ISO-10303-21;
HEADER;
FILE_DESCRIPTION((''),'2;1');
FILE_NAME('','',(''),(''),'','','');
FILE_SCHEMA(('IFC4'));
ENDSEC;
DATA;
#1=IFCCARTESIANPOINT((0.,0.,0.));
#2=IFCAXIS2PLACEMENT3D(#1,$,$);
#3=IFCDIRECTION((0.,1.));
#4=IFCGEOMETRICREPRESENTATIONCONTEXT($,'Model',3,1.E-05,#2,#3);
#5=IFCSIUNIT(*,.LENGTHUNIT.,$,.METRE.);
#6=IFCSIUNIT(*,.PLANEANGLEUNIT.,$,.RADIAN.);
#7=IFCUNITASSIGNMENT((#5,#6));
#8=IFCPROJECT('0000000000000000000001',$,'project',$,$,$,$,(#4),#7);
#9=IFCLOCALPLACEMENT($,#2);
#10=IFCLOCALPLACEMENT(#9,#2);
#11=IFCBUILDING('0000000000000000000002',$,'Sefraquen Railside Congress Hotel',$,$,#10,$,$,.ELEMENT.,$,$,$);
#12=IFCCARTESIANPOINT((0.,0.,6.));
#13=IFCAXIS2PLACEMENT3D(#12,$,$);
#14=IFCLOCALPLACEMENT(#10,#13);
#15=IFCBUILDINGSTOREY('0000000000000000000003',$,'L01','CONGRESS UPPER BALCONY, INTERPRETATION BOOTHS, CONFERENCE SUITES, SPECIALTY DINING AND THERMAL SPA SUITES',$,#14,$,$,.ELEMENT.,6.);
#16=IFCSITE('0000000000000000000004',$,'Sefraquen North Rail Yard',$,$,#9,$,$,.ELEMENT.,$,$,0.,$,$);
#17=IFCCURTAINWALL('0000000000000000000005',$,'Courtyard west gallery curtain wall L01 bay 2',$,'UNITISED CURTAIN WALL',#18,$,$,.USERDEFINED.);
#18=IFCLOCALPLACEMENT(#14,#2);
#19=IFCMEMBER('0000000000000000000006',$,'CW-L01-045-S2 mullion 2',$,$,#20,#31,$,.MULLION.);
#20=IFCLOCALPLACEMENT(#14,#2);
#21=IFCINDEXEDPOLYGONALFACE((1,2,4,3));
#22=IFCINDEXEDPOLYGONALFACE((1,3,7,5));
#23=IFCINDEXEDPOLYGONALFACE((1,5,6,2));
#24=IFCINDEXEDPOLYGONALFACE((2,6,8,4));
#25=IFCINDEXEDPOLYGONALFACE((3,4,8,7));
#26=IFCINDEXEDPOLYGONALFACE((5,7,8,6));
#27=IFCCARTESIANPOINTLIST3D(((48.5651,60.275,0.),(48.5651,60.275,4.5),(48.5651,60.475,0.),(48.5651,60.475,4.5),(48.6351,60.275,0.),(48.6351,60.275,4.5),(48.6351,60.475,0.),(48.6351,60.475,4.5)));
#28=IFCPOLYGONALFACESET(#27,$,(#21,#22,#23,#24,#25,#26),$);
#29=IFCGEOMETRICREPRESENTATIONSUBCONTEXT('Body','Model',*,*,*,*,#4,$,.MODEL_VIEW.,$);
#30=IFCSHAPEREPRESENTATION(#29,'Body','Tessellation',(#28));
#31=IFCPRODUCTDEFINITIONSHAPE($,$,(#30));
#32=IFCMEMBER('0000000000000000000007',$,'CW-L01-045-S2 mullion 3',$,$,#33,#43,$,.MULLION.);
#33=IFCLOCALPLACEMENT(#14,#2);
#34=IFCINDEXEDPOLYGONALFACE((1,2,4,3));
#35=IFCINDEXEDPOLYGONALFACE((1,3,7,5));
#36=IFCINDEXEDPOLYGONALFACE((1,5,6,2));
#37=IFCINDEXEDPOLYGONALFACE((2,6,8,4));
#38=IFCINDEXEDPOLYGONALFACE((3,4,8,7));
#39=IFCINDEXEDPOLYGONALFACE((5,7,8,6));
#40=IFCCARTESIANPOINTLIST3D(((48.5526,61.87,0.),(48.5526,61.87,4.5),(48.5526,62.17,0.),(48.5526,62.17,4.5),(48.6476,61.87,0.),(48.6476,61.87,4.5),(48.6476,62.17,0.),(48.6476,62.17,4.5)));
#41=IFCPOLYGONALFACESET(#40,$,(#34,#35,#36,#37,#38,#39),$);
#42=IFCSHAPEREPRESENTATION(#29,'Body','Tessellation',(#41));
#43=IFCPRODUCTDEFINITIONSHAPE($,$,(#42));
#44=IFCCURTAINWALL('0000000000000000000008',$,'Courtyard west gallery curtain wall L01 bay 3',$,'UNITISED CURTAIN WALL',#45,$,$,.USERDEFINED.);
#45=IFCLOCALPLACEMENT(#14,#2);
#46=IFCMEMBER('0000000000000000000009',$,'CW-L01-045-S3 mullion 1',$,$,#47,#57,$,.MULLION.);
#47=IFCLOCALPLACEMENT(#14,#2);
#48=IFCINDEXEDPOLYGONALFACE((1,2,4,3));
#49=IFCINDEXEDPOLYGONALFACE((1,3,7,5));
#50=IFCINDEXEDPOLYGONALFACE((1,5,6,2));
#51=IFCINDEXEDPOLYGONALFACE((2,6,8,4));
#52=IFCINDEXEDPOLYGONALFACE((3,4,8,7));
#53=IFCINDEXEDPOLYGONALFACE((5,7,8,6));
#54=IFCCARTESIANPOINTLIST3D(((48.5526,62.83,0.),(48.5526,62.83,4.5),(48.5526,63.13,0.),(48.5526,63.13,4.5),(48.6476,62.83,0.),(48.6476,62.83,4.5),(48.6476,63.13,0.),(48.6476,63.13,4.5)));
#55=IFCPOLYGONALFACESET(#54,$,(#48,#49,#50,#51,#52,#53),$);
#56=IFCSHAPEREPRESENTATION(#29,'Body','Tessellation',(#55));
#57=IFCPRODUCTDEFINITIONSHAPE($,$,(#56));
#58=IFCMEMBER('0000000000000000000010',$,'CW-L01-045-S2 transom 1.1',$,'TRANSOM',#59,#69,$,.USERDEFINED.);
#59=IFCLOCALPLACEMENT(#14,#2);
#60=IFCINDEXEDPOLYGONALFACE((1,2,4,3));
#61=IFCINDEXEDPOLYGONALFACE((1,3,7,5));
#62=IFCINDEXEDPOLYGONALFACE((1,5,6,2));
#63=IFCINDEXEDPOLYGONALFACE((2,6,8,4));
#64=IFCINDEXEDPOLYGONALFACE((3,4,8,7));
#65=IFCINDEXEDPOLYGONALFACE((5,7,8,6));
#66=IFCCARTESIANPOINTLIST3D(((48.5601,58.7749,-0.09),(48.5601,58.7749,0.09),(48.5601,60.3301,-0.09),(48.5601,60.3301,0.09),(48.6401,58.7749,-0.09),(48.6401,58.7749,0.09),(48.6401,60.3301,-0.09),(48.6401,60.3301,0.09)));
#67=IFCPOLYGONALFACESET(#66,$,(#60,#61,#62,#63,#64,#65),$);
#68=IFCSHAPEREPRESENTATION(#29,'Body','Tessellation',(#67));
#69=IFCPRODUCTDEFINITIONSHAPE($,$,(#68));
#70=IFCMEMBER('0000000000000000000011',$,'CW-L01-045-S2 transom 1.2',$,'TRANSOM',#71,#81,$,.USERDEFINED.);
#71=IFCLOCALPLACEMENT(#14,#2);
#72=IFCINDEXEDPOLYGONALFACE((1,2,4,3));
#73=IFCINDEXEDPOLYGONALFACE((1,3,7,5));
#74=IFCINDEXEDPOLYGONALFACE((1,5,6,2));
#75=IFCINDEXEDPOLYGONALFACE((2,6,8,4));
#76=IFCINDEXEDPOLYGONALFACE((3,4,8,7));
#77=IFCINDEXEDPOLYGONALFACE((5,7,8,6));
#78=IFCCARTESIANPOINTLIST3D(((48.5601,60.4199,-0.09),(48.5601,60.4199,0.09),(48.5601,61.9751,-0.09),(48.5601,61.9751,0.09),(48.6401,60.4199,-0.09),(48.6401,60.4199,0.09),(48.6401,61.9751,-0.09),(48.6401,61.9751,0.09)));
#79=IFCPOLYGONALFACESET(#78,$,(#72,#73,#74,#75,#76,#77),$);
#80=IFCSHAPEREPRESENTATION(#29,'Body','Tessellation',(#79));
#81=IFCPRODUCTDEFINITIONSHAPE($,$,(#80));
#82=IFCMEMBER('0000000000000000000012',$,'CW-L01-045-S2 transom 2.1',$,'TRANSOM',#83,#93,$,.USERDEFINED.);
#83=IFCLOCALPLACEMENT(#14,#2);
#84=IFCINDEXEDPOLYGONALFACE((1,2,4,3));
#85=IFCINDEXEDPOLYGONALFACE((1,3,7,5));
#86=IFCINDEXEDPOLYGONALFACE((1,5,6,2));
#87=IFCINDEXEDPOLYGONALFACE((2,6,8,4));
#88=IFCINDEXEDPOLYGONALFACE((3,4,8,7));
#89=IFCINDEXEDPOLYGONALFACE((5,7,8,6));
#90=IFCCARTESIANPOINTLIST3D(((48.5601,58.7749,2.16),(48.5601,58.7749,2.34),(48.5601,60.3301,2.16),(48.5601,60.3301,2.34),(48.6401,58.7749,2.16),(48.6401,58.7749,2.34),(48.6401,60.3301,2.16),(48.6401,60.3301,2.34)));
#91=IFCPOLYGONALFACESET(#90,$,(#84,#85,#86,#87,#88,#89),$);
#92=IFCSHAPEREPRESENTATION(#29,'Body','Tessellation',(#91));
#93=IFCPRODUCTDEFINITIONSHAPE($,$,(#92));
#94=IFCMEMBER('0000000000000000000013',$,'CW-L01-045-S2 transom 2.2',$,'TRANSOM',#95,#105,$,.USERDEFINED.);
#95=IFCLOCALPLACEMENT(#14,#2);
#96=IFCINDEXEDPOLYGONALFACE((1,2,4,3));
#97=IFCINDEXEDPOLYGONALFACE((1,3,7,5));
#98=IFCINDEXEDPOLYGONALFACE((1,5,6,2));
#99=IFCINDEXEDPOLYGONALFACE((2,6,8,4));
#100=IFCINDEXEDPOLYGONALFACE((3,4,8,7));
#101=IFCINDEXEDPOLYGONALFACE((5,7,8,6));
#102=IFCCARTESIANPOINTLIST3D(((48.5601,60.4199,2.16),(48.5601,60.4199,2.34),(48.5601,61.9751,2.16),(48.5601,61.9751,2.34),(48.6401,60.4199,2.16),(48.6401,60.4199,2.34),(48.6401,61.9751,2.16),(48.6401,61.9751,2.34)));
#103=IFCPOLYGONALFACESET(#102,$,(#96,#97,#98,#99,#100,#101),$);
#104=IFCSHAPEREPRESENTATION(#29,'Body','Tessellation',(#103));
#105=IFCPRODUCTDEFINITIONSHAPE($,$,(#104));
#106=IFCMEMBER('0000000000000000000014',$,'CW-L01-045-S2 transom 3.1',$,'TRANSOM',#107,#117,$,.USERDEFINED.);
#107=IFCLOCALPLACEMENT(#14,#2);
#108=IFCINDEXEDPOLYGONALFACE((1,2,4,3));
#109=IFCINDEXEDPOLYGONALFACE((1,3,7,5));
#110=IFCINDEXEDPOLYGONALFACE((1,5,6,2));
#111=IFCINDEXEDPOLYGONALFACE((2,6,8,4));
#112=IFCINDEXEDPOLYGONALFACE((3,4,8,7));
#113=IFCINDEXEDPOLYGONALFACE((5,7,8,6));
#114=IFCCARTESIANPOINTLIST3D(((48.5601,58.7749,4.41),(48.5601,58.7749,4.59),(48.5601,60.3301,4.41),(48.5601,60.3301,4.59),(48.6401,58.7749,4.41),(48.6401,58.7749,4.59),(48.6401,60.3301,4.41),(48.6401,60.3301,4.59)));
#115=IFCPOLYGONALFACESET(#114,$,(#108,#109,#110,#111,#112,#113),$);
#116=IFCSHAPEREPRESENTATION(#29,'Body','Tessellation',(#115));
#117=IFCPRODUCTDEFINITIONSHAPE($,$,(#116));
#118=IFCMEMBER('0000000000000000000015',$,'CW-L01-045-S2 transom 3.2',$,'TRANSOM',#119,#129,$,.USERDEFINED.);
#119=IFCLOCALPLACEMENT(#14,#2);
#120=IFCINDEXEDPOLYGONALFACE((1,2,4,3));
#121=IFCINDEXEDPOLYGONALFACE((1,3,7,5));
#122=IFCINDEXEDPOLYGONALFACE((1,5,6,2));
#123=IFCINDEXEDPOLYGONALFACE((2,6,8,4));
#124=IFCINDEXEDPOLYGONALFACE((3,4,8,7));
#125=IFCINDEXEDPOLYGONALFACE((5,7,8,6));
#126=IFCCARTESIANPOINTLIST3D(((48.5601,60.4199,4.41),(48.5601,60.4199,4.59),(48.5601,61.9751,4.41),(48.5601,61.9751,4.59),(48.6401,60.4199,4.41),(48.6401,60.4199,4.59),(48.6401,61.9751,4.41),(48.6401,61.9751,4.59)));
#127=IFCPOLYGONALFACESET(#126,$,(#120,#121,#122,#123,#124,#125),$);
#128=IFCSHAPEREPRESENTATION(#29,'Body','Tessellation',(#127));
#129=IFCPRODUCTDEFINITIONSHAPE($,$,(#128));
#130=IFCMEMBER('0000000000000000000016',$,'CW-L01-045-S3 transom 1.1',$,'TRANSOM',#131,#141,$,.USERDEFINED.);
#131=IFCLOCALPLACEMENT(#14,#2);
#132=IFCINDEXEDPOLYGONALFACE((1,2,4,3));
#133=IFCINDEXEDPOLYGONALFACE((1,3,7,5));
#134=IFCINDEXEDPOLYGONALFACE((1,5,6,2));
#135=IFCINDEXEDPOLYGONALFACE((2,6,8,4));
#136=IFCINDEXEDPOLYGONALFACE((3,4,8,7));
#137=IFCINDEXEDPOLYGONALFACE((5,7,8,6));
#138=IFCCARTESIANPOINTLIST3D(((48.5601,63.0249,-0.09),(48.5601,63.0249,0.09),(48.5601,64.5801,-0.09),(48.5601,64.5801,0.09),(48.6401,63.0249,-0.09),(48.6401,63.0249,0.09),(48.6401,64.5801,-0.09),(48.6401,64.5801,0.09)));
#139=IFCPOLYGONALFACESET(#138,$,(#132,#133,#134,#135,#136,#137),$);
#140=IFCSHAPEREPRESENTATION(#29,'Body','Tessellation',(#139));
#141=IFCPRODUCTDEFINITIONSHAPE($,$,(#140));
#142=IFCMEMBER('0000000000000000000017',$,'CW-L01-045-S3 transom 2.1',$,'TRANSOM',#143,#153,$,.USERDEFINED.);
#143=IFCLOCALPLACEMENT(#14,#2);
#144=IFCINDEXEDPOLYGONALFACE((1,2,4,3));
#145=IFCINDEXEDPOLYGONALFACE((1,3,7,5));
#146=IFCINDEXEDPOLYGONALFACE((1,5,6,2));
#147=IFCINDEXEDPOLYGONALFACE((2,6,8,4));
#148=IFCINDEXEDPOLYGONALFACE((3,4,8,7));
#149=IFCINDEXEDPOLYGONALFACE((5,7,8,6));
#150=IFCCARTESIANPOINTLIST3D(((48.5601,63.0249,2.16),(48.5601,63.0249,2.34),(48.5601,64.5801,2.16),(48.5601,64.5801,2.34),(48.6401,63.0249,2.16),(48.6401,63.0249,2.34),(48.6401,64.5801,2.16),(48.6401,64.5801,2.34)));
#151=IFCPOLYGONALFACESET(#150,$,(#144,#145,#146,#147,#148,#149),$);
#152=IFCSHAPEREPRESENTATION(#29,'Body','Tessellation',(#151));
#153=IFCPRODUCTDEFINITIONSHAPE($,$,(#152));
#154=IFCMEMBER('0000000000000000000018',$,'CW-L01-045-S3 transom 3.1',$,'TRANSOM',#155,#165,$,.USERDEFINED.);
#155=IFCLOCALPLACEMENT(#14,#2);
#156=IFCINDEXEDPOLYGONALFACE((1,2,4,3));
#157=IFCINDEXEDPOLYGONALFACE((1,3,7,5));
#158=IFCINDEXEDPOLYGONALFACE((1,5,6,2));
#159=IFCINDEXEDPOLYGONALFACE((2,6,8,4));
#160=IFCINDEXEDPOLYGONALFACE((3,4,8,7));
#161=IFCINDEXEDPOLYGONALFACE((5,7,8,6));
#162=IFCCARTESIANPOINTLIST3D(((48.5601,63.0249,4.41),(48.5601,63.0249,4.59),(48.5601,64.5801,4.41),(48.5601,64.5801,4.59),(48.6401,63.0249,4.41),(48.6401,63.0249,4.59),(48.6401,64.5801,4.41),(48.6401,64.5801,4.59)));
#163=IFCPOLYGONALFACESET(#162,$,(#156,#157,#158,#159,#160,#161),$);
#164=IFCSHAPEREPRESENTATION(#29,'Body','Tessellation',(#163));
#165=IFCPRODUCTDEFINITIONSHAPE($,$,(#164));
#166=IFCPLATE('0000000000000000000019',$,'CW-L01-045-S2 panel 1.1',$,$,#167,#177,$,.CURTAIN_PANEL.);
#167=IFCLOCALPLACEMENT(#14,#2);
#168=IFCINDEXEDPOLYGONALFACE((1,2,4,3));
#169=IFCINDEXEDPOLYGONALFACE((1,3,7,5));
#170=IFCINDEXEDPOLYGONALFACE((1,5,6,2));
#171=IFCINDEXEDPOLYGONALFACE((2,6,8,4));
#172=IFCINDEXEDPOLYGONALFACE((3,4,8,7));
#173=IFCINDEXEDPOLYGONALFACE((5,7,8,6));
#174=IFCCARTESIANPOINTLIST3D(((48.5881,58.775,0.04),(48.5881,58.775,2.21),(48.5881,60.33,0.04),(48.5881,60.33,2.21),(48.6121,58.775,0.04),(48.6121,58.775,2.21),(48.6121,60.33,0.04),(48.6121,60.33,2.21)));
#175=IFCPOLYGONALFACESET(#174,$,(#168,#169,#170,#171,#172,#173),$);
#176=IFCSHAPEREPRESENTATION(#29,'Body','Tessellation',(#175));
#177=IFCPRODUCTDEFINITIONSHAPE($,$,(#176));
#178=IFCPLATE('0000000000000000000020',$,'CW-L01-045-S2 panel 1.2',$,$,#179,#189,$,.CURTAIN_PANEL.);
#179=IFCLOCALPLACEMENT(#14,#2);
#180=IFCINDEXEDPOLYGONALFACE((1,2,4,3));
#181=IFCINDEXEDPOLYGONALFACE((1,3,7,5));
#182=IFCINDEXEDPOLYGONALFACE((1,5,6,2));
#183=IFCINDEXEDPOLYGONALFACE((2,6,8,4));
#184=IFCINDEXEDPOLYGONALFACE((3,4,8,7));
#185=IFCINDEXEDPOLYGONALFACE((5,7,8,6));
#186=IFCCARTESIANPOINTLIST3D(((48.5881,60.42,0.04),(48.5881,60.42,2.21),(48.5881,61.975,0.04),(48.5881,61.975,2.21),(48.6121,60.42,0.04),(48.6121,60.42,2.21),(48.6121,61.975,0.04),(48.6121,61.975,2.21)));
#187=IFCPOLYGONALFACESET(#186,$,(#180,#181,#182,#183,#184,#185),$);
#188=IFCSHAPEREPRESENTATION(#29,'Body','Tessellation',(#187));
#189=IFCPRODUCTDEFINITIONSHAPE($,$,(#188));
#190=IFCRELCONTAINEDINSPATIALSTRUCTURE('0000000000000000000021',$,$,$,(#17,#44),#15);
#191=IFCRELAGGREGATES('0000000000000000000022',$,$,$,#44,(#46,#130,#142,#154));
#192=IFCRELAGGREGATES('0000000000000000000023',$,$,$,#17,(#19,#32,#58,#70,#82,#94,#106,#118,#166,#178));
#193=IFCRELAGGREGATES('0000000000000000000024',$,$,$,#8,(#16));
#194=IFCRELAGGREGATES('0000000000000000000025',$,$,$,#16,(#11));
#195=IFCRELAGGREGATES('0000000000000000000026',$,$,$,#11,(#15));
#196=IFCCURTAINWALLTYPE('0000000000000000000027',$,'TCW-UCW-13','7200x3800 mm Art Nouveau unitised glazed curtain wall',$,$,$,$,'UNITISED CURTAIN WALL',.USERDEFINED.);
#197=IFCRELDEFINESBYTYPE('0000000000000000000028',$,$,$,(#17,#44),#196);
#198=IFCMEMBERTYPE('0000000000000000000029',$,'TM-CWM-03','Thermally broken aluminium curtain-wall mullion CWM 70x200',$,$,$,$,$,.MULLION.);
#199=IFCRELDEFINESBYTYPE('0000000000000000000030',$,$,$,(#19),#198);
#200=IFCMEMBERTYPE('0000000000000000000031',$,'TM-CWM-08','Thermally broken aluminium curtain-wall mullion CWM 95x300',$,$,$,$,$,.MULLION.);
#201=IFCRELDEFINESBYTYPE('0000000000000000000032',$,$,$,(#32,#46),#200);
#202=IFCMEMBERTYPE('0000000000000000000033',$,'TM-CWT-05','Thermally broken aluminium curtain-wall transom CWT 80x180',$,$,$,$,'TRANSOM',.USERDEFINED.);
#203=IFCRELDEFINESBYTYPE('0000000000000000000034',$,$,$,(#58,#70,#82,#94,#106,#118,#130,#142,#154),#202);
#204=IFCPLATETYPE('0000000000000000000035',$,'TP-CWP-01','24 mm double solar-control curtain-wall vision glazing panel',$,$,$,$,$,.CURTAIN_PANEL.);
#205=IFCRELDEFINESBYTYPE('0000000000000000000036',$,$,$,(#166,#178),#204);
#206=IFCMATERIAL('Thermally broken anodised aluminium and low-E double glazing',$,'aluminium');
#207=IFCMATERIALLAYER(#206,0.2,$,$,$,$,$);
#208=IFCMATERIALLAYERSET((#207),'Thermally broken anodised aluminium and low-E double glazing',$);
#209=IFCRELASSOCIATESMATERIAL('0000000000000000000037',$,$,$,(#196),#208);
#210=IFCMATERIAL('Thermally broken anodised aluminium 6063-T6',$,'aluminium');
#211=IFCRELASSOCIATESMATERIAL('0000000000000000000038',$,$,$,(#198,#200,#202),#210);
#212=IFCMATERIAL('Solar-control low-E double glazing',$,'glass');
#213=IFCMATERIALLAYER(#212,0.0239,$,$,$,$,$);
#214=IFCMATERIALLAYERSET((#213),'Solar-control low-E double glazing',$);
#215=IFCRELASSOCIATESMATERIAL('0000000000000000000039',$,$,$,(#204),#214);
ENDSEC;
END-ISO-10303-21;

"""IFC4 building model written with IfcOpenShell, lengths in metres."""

from ifc_helpers import new_model, si_unit, direction, frame, origin, origin_2d, place, context, subcontext, project, spatial, rectangle, extrude, material, layer, layer_set, material_profile, profile_set, type_object, element, aggregate, save


model = new_model("IFC4")

# Units and contexts
model_context = context("Model", 3, precision=1e-05, world=origin(), true_north=direction((0.0, 1.0)))
body_context = subcontext(model_context, "Body", "Model", "MODEL_VIEW")
ifc_project = project(units=[si_unit("LENGTHUNIT", "METRE"), si_unit("PLANEANGLEUNIT", "RADIAN")], contexts=[model_context])

# Site, building, storey
site_placement = place(None, origin())
site = spatial("IfcSite", under=ifc_project, at=site_placement, Name="Sefraquen North Rail Yard", CompositionType="ELEMENT", RefElevation=0.0)
building_placement = place(site_placement, origin())
building = spatial("IfcBuilding", under=site, at=building_placement, Name="Sefraquen Railside Congress Hotel", CompositionType="ELEMENT")
storey_placement = place(building_placement, frame((0.0, 0.0, 6.0)))
storey = spatial("IfcBuildingStorey", under=building, at=storey_placement, Name="L01", Description="CONGRESS UPPER BALCONY, INTERPRETATION BOOTHS, CONFERENCE SUITES, SPECIALTY DINING AND THERMAL SPA SUITES", CompositionType="ELEMENT", Elevation=6.0)

# Curtain wall, members
ifc_material_1 = material(Name="Thermally broken anodised aluminium and low-E double glazing", Category="aluminium")
ifc_layer_1 = layer(ifc_material_1, 0.2)
ifc_layer_set_1 = layer_set([ifc_layer_1], Name="Thermally broken anodised aluminium and low-E double glazing")
curtain_wall_type = type_object("IfcCurtainWallType", Name="TCW-UCW-13", Description="7200x3800 mm Art Nouveau unitised glazed curtain wall", ElementType="UNITISED CURTAIN WALL", PredefinedType="USERDEFINED", material=ifc_layer_set_1)
curtain_wall_1_placement = place(storey_placement, origin())
curtain_wall_1 = element("IfcCurtainWall", 1, at=curtain_wall_1_placement, inside=storey, type_object=curtain_wall_type, Name="Courtyard west gallery curtain wall L01 bay 2", ObjectType="UNITISED CURTAIN WALL", PredefinedType="USERDEFINED")
ifc_material_2 = material(Name="Thermally broken anodised aluminium 6063-T6", Category="aluminium")
ifc_material_profile_1 = material_profile(ifc_material_2, rectangle(XDim=0.0701, YDim=0.2, at=origin_2d()), Name="CWM 70x200")
ifc_profile_set_1 = profile_set([ifc_material_profile_1], Name="Thermally broken anodised aluminium 6063-T6")
member_type_1 = type_object("IfcMemberType", Name="TM-CWM-03", Description="Thermally broken aluminium curtain-wall mullion CWM 70x200", PredefinedType="MULLION", material=ifc_profile_set_1)
member_1_placement = place(storey_placement, frame((48.6001, 60.375, 0.0), z_axis=(0.0, 0.0, 1.0), x_axis=(1.0, 0.0, 0.0)))
member_1 = element("IfcMember", 2, at=member_1_placement, type_object=member_type_1, Name="CW-L01-045-S2 mullion 2", PredefinedType="MULLION", context=body_context, shape_type="SweptSolid", body=[
    extrude(rectangle(XDim=0.0701, YDim=0.2, at=origin_2d()), origin(), (0.0, 0.0, 1.0), 4.5),
])
ifc_material_profile_2 = material_profile(ifc_material_2, rectangle(XDim=0.095, YDim=0.3, at=origin_2d()), Name="CWM 95x300")
ifc_profile_set_2 = profile_set([ifc_material_profile_2], Name="Thermally broken anodised aluminium 6063-T6")
member_type_2 = type_object("IfcMemberType", Name="TM-CWM-08", Description="Thermally broken aluminium curtain-wall mullion CWM 95x300", PredefinedType="MULLION", material=ifc_profile_set_2)
member_2_placement = place(storey_placement, frame((48.6001, 62.02, 0.0), z_axis=(0.0, 0.0, 1.0), x_axis=(1.0, 0.0, 0.0)))
member_2 = element("IfcMember", 3, at=member_2_placement, type_object=member_type_2, Name="CW-L01-045-S2 mullion 3", PredefinedType="MULLION", context=body_context, shape_type="SweptSolid", body=[
    extrude(rectangle(XDim=0.095, YDim=0.3, at=origin_2d()), origin(), (0.0, 0.0, 1.0), 4.5),
])

# Curtain wall, member
curtain_wall_2_placement = place(storey_placement, origin())
curtain_wall_2 = element("IfcCurtainWall", 4, at=curtain_wall_2_placement, inside=storey, type_object=curtain_wall_type, Name="Courtyard west gallery curtain wall L01 bay 3", ObjectType="UNITISED CURTAIN WALL", PredefinedType="USERDEFINED")
member_3_placement = place(storey_placement, frame((48.6001, 62.98, 0.0), z_axis=(0.0, 0.0, 1.0), x_axis=(1.0, 0.0, 0.0)))
member_3 = element("IfcMember", 5, at=member_3_placement, type_object=member_type_2, Name="CW-L01-045-S3 mullion 1", PredefinedType="MULLION", context=body_context, shape_type="SweptSolid", body=[
    extrude(rectangle(XDim=0.095, YDim=0.3, at=origin_2d()), origin(), (0.0, 0.0, 1.0), 4.5),
])

# Members
ifc_material_profile_3 = material_profile(ifc_material_2, rectangle(XDim=0.0801, YDim=0.1799, at=origin_2d()), Name="CWT 80x180")
ifc_profile_set_3 = profile_set([ifc_material_profile_3], Name="Thermally broken anodised aluminium 6063-T6")
member_type_3 = type_object("IfcMemberType", Name="TM-CWT-05", Description="Thermally broken aluminium curtain-wall transom CWT 80x180", ElementType="TRANSOM", PredefinedType="USERDEFINED", material=ifc_profile_set_3)
member_4_placement = place(storey_placement, frame((48.6001, 58.7749, 0.0), z_axis=(0.0, 1.0, 0.0), x_axis=(-1.0, 0.0, 0.0)))
member_4 = element("IfcMember", 6, at=member_4_placement, type_object=member_type_3, Name="CW-L01-045-S2 transom 1.1", ObjectType="TRANSOM", PredefinedType="USERDEFINED", context=body_context, shape_type="SweptSolid", body=[
    extrude(rectangle(XDim=0.0801, YDim=0.1799, at=origin_2d()), origin(), (0.0, 0.0, 1.0), 1.5552),
])
member_5_placement = place(storey_placement, frame((48.6001, 60.4199, 0.0), z_axis=(0.0, 1.0, 0.0), x_axis=(-1.0, 0.0, 0.0)))
member_5 = element("IfcMember", 7, at=member_5_placement, type_object=member_type_3, Name="CW-L01-045-S2 transom 1.2", ObjectType="TRANSOM", PredefinedType="USERDEFINED", context=body_context, shape_type="SweptSolid", body=[
    extrude(rectangle(XDim=0.0801, YDim=0.1799, at=origin_2d()), origin(), (0.0, 0.0, 1.0), 1.5552),
])
member_6_placement = place(storey_placement, frame((48.6001, 58.7749, 2.25), z_axis=(0.0, 1.0, 0.0), x_axis=(-1.0, 0.0, 0.0)))
member_6 = element("IfcMember", 8, at=member_6_placement, type_object=member_type_3, Name="CW-L01-045-S2 transom 2.1", ObjectType="TRANSOM", PredefinedType="USERDEFINED", context=body_context, shape_type="SweptSolid", body=[
    extrude(rectangle(XDim=0.0801, YDim=0.1799, at=origin_2d()), origin(), (0.0, 0.0, 1.0), 1.5552),
])
member_7_placement = place(storey_placement, frame((48.6001, 60.4199, 2.25), z_axis=(0.0, 1.0, 0.0), x_axis=(-1.0, 0.0, 0.0)))
member_7 = element("IfcMember", 9, at=member_7_placement, type_object=member_type_3, Name="CW-L01-045-S2 transom 2.2", ObjectType="TRANSOM", PredefinedType="USERDEFINED", context=body_context, shape_type="SweptSolid", body=[
    extrude(rectangle(XDim=0.0801, YDim=0.1799, at=origin_2d()), origin(), (0.0, 0.0, 1.0), 1.5552),
])
member_8_placement = place(storey_placement, frame((48.6001, 58.7749, 4.5), z_axis=(0.0, 1.0, 0.0), x_axis=(-1.0, 0.0, 0.0)))
member_8 = element("IfcMember", 10, at=member_8_placement, type_object=member_type_3, Name="CW-L01-045-S2 transom 3.1", ObjectType="TRANSOM", PredefinedType="USERDEFINED", context=body_context, shape_type="SweptSolid", body=[
    extrude(rectangle(XDim=0.0801, YDim=0.1799, at=origin_2d()), origin(), (0.0, 0.0, 1.0), 1.5552),
])
member_9_placement = place(storey_placement, frame((48.6001, 60.4199, 4.5), z_axis=(0.0, 1.0, 0.0), x_axis=(-1.0, 0.0, 0.0)))
member_9 = element("IfcMember", 11, at=member_9_placement, type_object=member_type_3, Name="CW-L01-045-S2 transom 3.2", ObjectType="TRANSOM", PredefinedType="USERDEFINED", context=body_context, shape_type="SweptSolid", body=[
    extrude(rectangle(XDim=0.0801, YDim=0.1799, at=origin_2d()), origin(), (0.0, 0.0, 1.0), 1.5552),
])
member_10_placement = place(storey_placement, frame((48.6001, 63.0249, 0.0), z_axis=(0.0, 1.0, 0.0), x_axis=(-1.0, 0.0, 0.0)))
member_10 = element("IfcMember", 12, at=member_10_placement, type_object=member_type_3, Name="CW-L01-045-S3 transom 1.1", ObjectType="TRANSOM", PredefinedType="USERDEFINED", context=body_context, shape_type="SweptSolid", body=[
    extrude(rectangle(XDim=0.0801, YDim=0.1799, at=origin_2d()), origin(), (0.0, 0.0, 1.0), 1.5552),
])
member_11_placement = place(storey_placement, frame((48.6001, 63.0249, 2.25), z_axis=(0.0, 1.0, 0.0), x_axis=(-1.0, 0.0, 0.0)))
member_11 = element("IfcMember", 13, at=member_11_placement, type_object=member_type_3, Name="CW-L01-045-S3 transom 2.1", ObjectType="TRANSOM", PredefinedType="USERDEFINED", context=body_context, shape_type="SweptSolid", body=[
    extrude(rectangle(XDim=0.0801, YDim=0.1799, at=origin_2d()), origin(), (0.0, 0.0, 1.0), 1.5552),
])
member_12_placement = place(storey_placement, frame((48.6001, 63.0249, 4.5), z_axis=(0.0, 1.0, 0.0), x_axis=(-1.0, 0.0, 0.0)))
member_12 = element("IfcMember", 14, at=member_12_placement, type_object=member_type_3, Name="CW-L01-045-S3 transom 3.1", ObjectType="TRANSOM", PredefinedType="USERDEFINED", context=body_context, shape_type="SweptSolid", body=[
    extrude(rectangle(XDim=0.0801, YDim=0.1799, at=origin_2d()), origin(), (0.0, 0.0, 1.0), 1.5552),
])
aggregate(curtain_wall_2, [member_3, member_10, member_11, member_12])

# Plates
ifc_material_3 = material(Name="Solar-control low-E double glazing", Category="glass")
ifc_layer_2 = layer(ifc_material_3, 0.0239)
ifc_layer_set_2 = layer_set([ifc_layer_2], Name="Solar-control low-E double glazing")
plate_type_1 = type_object("IfcPlateType", Name="TP-CWP-01", Description="24 mm double solar-control curtain-wall vision glazing panel", PredefinedType="CURTAIN_PANEL", material=ifc_layer_set_2)
plate_1_placement = place(storey_placement, frame((48.6001, 59.5525, 0.04), z_axis=(0.0, 0.0, 1.0), x_axis=(0.0, 1.0, 0.0)))
plate_1 = element("IfcPlate", 15, at=plate_1_placement, type_object=plate_type_1, Name="CW-L01-045-S2 panel 1.1", PredefinedType="CURTAIN_PANEL", context=body_context, shape_type="SweptSolid", body=[
    extrude(rectangle(XDim=1.5549, YDim=0.0239, at=origin_2d()), origin(), (0.0, 0.0, 1.0), 2.1699),
])
plate_2_placement = place(storey_placement, frame((48.6001, 61.1975, 0.04), z_axis=(0.0, 0.0, 1.0), x_axis=(0.0, 1.0, 0.0)))
plate_2 = element("IfcPlate", 16, at=plate_2_placement, type_object=plate_type_1, Name="CW-L01-045-S2 panel 1.2", PredefinedType="CURTAIN_PANEL", context=body_context, shape_type="SweptSolid", body=[
    extrude(rectangle(XDim=1.5549, YDim=0.0239, at=origin_2d()), origin(), (0.0, 0.0, 1.0), 2.1699),
])
aggregate(curtain_wall_1, [member_1, member_2, member_4, member_5, member_6, member_7, member_8, member_9, plate_1, plate_2])

save(model, "model.ifc")
